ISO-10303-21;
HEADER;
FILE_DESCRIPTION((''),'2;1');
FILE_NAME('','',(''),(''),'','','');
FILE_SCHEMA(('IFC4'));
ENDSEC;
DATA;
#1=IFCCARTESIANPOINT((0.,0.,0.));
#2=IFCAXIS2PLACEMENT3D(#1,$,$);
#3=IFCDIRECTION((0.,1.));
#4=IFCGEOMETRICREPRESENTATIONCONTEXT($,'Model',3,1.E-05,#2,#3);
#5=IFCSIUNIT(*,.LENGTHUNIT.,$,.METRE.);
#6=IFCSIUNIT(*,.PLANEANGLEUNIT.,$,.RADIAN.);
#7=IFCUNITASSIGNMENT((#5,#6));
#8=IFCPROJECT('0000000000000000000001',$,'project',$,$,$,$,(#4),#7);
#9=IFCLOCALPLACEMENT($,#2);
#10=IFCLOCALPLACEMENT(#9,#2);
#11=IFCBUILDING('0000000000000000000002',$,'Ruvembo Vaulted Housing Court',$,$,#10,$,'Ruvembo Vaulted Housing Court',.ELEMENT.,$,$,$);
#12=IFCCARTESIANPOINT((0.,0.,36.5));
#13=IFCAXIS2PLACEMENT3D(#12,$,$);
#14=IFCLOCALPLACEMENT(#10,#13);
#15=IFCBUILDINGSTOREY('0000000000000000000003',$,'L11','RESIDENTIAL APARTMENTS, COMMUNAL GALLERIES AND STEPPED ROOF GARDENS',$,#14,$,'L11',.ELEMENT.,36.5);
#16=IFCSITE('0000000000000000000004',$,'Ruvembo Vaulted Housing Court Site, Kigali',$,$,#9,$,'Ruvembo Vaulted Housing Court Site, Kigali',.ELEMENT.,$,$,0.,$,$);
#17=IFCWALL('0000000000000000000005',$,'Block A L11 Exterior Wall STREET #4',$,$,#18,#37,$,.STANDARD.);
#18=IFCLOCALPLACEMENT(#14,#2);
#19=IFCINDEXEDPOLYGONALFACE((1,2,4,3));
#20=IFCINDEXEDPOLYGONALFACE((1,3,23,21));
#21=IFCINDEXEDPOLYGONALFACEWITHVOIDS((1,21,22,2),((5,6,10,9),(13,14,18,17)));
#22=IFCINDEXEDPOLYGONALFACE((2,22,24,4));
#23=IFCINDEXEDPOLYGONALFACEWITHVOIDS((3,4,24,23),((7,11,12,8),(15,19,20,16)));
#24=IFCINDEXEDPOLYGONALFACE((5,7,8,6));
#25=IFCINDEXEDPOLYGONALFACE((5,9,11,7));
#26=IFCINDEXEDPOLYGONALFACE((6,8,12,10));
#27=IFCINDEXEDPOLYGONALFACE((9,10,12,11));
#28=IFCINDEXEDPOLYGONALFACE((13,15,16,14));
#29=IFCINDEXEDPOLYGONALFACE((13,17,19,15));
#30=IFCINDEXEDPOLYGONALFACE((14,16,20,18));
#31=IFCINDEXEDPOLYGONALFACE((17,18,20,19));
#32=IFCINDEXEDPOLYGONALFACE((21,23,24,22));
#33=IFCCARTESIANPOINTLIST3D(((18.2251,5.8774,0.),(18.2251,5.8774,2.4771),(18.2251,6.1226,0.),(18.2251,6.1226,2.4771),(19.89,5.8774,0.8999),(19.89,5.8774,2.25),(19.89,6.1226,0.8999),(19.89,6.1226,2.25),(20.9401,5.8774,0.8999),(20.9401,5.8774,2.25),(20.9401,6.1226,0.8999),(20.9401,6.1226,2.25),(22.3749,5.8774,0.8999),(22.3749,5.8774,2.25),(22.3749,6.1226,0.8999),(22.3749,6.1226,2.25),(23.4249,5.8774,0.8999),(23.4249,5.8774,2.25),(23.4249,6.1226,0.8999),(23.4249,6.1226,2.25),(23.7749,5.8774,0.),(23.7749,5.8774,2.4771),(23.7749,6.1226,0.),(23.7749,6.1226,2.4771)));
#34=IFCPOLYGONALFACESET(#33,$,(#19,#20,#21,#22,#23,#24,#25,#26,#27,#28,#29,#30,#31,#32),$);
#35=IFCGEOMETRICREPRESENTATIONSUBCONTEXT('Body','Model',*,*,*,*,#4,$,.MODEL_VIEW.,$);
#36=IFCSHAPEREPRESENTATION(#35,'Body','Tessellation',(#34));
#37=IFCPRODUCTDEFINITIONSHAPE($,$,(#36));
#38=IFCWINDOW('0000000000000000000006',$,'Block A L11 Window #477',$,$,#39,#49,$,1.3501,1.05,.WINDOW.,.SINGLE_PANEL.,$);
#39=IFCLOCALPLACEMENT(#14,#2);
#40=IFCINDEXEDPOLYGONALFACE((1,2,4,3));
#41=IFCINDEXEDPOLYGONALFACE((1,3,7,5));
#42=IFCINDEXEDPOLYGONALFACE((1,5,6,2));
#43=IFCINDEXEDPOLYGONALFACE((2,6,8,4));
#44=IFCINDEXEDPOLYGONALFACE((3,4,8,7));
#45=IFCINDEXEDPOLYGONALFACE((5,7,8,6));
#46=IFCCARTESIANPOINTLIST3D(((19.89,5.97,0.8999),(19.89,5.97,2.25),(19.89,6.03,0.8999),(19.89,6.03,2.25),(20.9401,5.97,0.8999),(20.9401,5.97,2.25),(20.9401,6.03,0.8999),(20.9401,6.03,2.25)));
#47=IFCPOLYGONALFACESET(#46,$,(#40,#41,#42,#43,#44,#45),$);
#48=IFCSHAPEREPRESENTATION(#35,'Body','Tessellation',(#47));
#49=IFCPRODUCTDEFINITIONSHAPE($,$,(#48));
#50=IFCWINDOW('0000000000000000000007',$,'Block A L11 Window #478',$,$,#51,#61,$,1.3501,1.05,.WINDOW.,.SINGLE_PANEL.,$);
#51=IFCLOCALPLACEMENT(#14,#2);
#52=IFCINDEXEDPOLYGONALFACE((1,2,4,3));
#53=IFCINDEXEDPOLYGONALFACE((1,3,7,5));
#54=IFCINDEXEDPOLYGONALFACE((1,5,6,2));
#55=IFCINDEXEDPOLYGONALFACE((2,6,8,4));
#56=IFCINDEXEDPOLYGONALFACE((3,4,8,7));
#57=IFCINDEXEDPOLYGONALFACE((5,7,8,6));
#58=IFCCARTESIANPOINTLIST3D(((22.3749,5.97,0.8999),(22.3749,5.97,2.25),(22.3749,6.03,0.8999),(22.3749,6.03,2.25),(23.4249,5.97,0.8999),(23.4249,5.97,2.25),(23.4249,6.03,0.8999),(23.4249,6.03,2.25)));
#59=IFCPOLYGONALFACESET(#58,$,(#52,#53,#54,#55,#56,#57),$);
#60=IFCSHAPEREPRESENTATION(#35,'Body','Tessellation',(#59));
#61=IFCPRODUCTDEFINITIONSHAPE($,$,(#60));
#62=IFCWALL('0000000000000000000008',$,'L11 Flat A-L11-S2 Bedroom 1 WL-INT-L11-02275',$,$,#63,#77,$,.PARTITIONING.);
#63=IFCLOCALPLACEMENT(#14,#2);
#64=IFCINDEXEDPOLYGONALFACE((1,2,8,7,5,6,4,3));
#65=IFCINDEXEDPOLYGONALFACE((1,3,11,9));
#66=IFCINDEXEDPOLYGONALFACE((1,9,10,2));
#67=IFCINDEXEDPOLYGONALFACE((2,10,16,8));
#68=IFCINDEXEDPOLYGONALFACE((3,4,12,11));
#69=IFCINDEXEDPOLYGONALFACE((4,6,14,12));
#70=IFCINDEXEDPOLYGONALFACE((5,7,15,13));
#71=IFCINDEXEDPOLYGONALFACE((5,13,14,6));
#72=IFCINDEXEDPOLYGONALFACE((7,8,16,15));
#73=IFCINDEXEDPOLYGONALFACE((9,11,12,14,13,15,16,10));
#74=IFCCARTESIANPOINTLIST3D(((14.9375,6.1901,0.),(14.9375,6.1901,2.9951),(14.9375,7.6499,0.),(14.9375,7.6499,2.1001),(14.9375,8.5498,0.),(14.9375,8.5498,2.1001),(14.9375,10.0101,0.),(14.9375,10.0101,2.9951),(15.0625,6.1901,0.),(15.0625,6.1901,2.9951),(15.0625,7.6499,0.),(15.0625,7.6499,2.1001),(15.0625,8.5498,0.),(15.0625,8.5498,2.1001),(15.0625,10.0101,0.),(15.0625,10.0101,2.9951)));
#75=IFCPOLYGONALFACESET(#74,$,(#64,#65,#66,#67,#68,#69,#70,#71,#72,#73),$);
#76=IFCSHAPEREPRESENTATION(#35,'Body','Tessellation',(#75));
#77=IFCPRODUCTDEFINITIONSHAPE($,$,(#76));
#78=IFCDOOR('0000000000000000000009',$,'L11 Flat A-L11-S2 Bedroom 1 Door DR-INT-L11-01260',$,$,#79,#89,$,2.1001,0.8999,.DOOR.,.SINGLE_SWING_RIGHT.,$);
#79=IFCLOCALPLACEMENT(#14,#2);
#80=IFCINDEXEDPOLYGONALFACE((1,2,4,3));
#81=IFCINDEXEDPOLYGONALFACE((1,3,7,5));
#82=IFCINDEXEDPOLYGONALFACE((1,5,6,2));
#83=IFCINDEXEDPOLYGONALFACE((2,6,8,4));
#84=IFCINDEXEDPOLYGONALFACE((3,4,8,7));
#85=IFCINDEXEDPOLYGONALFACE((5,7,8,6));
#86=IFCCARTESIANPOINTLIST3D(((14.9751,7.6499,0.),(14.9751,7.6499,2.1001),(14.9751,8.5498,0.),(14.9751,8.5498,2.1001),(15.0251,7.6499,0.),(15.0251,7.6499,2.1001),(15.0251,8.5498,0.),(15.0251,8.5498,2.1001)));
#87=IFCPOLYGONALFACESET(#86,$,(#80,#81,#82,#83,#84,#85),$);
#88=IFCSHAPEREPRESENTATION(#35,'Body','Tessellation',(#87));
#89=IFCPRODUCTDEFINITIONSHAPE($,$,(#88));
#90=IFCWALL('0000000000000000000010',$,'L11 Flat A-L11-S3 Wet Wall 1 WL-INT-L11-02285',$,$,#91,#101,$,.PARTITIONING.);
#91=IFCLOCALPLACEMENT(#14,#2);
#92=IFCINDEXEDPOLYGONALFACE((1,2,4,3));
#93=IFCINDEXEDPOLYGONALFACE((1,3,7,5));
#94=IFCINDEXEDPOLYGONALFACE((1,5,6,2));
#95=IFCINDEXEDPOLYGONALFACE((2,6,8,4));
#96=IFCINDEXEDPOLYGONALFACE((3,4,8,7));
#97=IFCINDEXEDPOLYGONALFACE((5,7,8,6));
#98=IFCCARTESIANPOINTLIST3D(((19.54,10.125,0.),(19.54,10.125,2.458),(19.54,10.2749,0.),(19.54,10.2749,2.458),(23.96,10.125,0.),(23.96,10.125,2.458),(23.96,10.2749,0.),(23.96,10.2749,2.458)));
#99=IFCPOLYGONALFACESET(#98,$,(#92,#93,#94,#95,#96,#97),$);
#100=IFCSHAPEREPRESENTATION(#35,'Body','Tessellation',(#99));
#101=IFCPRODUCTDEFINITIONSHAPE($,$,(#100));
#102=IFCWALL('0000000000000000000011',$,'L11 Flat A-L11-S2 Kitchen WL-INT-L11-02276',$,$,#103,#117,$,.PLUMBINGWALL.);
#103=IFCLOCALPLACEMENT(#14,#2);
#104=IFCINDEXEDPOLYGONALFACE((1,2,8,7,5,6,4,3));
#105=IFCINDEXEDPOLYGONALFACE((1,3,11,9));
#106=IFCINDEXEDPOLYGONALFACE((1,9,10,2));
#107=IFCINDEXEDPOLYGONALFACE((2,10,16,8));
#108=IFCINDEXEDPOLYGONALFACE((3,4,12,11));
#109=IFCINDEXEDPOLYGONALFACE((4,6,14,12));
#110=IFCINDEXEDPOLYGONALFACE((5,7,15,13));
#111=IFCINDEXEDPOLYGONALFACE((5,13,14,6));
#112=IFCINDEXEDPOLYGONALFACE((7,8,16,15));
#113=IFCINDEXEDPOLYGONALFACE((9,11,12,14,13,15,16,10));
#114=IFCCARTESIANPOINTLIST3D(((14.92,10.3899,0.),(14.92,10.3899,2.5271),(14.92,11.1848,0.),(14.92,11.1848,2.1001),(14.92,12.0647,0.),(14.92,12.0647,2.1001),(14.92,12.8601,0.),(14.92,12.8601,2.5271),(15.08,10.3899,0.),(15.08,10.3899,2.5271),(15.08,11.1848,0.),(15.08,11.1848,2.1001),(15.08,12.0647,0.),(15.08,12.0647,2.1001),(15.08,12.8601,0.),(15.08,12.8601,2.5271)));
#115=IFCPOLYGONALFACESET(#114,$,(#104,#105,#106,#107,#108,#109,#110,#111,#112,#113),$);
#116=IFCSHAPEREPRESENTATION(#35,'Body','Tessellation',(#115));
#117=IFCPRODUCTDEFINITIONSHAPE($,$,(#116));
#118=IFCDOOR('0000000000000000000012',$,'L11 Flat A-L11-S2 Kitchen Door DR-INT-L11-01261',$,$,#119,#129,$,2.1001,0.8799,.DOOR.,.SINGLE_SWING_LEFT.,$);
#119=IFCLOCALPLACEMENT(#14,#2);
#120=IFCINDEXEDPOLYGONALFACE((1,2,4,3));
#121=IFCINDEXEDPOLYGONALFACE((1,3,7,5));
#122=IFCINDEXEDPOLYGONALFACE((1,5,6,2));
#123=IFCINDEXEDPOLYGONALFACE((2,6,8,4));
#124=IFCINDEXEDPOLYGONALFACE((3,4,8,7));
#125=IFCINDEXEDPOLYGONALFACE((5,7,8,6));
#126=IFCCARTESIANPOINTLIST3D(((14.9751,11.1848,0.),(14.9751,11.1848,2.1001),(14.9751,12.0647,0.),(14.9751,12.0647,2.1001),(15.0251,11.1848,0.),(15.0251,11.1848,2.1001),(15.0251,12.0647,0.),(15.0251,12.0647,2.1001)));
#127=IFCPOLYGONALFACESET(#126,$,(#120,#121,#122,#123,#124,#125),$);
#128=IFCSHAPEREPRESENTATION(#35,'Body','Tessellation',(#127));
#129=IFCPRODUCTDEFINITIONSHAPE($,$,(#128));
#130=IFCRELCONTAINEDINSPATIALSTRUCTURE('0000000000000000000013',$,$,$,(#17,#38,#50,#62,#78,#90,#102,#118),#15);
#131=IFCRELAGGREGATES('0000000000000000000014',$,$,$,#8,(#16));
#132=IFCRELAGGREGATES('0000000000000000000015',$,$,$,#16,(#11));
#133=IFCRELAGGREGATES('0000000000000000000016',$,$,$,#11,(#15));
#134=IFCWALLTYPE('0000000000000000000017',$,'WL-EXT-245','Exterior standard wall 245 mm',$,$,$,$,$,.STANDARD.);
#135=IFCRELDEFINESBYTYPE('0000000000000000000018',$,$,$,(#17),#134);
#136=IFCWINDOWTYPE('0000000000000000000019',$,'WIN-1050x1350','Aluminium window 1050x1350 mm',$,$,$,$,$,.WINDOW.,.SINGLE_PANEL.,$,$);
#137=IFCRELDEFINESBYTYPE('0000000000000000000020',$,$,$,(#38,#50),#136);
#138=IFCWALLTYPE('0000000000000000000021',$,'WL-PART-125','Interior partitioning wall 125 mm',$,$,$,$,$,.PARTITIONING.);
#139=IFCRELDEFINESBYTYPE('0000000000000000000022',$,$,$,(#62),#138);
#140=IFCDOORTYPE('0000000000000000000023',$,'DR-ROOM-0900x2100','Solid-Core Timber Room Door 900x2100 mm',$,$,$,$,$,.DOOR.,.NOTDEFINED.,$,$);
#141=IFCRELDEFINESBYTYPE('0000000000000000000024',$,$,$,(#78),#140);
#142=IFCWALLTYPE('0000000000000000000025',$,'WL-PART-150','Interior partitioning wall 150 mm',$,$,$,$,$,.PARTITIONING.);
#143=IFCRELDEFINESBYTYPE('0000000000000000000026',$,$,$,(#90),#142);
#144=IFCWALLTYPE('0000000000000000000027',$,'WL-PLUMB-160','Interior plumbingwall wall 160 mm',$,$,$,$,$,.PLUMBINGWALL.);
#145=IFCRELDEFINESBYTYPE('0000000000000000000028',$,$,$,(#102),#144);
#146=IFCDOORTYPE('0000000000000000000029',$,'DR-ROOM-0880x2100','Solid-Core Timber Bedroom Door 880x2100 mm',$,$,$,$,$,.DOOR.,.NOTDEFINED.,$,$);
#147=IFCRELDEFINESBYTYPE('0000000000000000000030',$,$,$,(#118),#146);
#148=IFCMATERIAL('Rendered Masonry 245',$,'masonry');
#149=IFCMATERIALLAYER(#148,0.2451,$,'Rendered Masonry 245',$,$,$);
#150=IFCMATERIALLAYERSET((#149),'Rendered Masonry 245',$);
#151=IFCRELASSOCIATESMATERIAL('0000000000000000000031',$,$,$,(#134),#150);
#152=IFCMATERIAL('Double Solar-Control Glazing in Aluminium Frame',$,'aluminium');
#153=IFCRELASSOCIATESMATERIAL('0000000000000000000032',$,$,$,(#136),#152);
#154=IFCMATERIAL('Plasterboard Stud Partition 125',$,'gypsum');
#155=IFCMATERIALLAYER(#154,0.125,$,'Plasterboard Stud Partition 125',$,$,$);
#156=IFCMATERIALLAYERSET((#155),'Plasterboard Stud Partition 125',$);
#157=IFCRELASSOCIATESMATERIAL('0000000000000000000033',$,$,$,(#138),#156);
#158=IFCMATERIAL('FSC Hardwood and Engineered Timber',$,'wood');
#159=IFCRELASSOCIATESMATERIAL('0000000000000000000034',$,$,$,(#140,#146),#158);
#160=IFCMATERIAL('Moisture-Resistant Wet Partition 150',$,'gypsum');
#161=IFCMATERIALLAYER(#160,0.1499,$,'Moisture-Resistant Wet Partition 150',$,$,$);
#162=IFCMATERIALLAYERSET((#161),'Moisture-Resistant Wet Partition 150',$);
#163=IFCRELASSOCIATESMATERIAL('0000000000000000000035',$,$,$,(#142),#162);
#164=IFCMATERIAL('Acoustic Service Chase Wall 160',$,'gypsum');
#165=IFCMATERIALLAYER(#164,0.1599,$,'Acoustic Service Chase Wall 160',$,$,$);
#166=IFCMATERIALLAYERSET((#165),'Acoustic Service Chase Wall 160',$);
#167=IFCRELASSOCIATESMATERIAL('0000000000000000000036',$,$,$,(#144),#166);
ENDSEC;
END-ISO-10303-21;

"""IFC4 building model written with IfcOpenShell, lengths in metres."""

from ifc_helpers import new_model, si_unit, direction, frame, frame_2d, origin, place, context, subcontext, project, spatial, rectangle, extrude, material, layer, layer_set, type_object, element, fill, save


model = new_model("IFC4")

# Units and contexts
model_context = context("Model", 3, precision=1e-05, world=origin(), true_north=direction((0.0, 1.0)))
body_context = subcontext(model_context, "Body", "Model", "MODEL_VIEW")
ifc_project = project(units=[si_unit("LENGTHUNIT", "METRE"), si_unit("PLANEANGLEUNIT", "RADIAN")], contexts=[model_context])

# Site, building, storey
site_placement = place(None, origin())
site = spatial("IfcSite", under=ifc_project, at=site_placement, Name="Ruvembo Vaulted Housing Court Site, Kigali", LongName="Ruvembo Vaulted Housing Court Site, Kigali", CompositionType="ELEMENT", RefElevation=0.0)
building_placement = place(site_placement, origin())
building = spatial("IfcBuilding", under=site, at=building_placement, Name="Ruvembo Vaulted Housing Court", LongName="Ruvembo Vaulted Housing Court", CompositionType="ELEMENT")
storey_placement = place(building_placement, frame((0.0, 0.0, 36.5)))
storey = spatial("IfcBuildingStorey", under=building, at=storey_placement, Name="L11", Description="RESIDENTIAL APARTMENTS, COMMUNAL GALLERIES AND STEPPED ROOF GARDENS", LongName="L11", CompositionType="ELEMENT", Elevation=36.5)

# Wall, openings, windows
ifc_material_1 = material(Name="Rendered Masonry 245", Category="masonry")
ifc_layer_1 = layer(ifc_material_1, 0.2451, Name="Rendered Masonry 245")
ifc_layer_set_1 = layer_set([ifc_layer_1], Name="Rendered Masonry 245")
wall_type_1 = type_object("IfcWallType", Name="WL-EXT-245", Description="Exterior standard wall 245 mm", PredefinedType="STANDARD", material=ifc_layer_set_1)
ifc_material_2 = material(Name="Double Solar-Control Glazing in Aluminium Frame", Category="aluminium")
wall_1_placement = place(storey_placement, frame((18.2251, 6.0, 0.0), z_axis=(0.0, 0.0, 1.0), x_axis=(1.0, 0.0, 0.0)))
wall_1 = element("IfcWall", 1, at=wall_1_placement, inside=storey, type_object=wall_type_1, Name="Block A L11 Exterior Wall STREET #4", PredefinedType="STANDARD", context=body_context, shape_type="SweptSolid", body=[
    extrude(rectangle(XDim=5.5498, YDim=0.2451, at=frame_2d((2.7749, 0.0))), origin(), (0.0, 0.0, 1.0), 2.4771),
])
opening_1_placement = place(wall_1_placement, frame((1.665, 0.0, 0.8999)))
opening_1 = element("IfcOpeningElement", 2, at=opening_1_placement, cuts=wall_1, PredefinedType="OPENING", context=body_context, shape_type="SweptSolid", body=[
    extrude(rectangle(XDim=1.05, YDim=1.3501, at=frame_2d((0.5249, 0.675))), frame((0.0, 0.1326, 0.0), z_axis=(0.0, -1.0, 0.0), x_axis=(1.0, 0.0, 0.0)), (0.0, 0.0, 1.0), 0.2651),
])
opening_2_placement = place(wall_1_placement, frame((4.1499, 0.0, 0.8999)))
opening_2 = element("IfcOpeningElement", 3, at=opening_2_placement, cuts=wall_1, PredefinedType="OPENING", context=body_context, shape_type="SweptSolid", body=[
    extrude(rectangle(XDim=1.05, YDim=1.3501, at=frame_2d((0.5249, 0.675))), frame((0.0, 0.1326, 0.0), z_axis=(0.0, -1.0, 0.0), x_axis=(1.0, 0.0, 0.0)), (0.0, 0.0, 1.0), 0.2651),
])
window_type_1 = type_object("IfcWindowType", Name="WIN-1050x1350", Description="Aluminium window 1050x1350 mm", PartitioningType="SINGLE_PANEL", PredefinedType="WINDOW", material=ifc_material_2)
window_1_placement = place(opening_1_placement, origin())
window_1 = element("IfcWindow", 4, at=window_1_placement, inside=storey, type_object=window_type_1, Name="Block A L11 Window #477", OverallHeight=1.3501, OverallWidth=1.05, PartitioningType="SINGLE_PANEL", PredefinedType="WINDOW", context=body_context, shape_type="SweptSolid", body=[
    extrude(rectangle(XDim=1.05, YDim=1.3501, at=frame_2d((0.5249, 0.675))), frame((0.0, 0.03, 0.0), z_axis=(0.0, -1.0, 0.0), x_axis=(1.0, 0.0, 0.0)), (0.0, 0.0, 1.0), 0.0601),
])
fill(opening_1, window_1)
window_2_placement = place(opening_2_placement, origin())
window_2 = element("IfcWindow", 5, at=window_2_placement, inside=storey, type_object=window_type_1, Name="Block A L11 Window #478", OverallHeight=1.3501, OverallWidth=1.05, PartitioningType="SINGLE_PANEL", PredefinedType="WINDOW", context=body_context, shape_type="SweptSolid", body=[
    extrude(rectangle(XDim=1.05, YDim=1.3501, at=frame_2d((0.5249, 0.675))), frame((0.0, 0.03, 0.0), z_axis=(0.0, -1.0, 0.0), x_axis=(1.0, 0.0, 0.0)), (0.0, 0.0, 1.0), 0.0601),
])
fill(opening_2, window_2)

# Wall, opening, door
ifc_material_3 = material(Name="Plasterboard Stud Partition 125", Category="gypsum")
ifc_layer_2 = layer(ifc_material_3, 0.125, Name="Plasterboard Stud Partition 125")
ifc_layer_set_2 = layer_set([ifc_layer_2], Name="Plasterboard Stud Partition 125")
wall_type_2 = type_object("IfcWallType", Name="WL-PART-125", Description="Interior partitioning wall 125 mm", PredefinedType="PARTITIONING", material=ifc_layer_set_2)
wall_2_placement = place(storey_placement, frame((15.0, 6.1899, 0.0), z_axis=(0.0, 0.0, 1.0), x_axis=(0.0, 1.0, 0.0)))
wall_2 = element("IfcWall", 6, at=wall_2_placement, inside=storey, type_object=wall_type_2, Name="L11 Flat A-L11-S2 Bedroom 1 WL-INT-L11-02275", PredefinedType="PARTITIONING", context=body_context, shape_type="SweptSolid", body=[
    extrude(rectangle(XDim=3.8201, YDim=0.125, at=frame_2d((1.9102, 0.0))), origin(), (0.0, 0.0, 1.0), 2.9951),
])
opening_3_placement = place(wall_2_placement, frame((1.46, 0.0, 0.0)))
opening_3 = element("IfcOpeningElement", 7, at=opening_3_placement, cuts=wall_2, PredefinedType="OPENING", context=body_context, shape_type="SweptSolid", body=[
    extrude(rectangle(XDim=0.8999, YDim=2.1001, at=frame_2d((0.45, 1.05))), frame((0.0, 0.0725, 0.0), z_axis=(0.0, -1.0, 0.0), x_axis=(1.0, 0.0, 0.0)), (0.0, 0.0, 1.0), 0.145),
])
ifc_material_4 = material(Name="FSC Hardwood and Engineered Timber", Category="wood")
door_type_1 = type_object("IfcDoorType", Name="DR-ROOM-0900x2100", Description="Solid-Core Timber Room Door 900x2100 mm", OperationType="NOTDEFINED", PredefinedType="DOOR", material=ifc_material_4)
door_1_placement = place(opening_3_placement, origin())
door_1 = element("IfcDoor", 8, at=door_1_placement, inside=storey, type_object=door_type_1, Name="L11 Flat A-L11-S2 Bedroom 1 Door DR-INT-L11-01260", OperationType="SINGLE_SWING_RIGHT", OverallHeight=2.1001, OverallWidth=0.8999, PredefinedType="DOOR", context=body_context, shape_type="SweptSolid", body=[
    extrude(rectangle(XDim=0.8999, YDim=2.1001, at=frame_2d((0.45, 1.05))), frame((0.0, 0.0249, 0.0), z_axis=(0.0, -1.0, 0.0), x_axis=(1.0, 0.0, 0.0)), (0.0, 0.0, 1.0), 0.05),
])
fill(opening_3, door_1)

# Wall
ifc_material_5 = material(Name="Moisture-Resistant Wet Partition 150", Category="gypsum")
ifc_layer_3 = layer(ifc_material_5, 0.1499, Name="Moisture-Resistant Wet Partition 150")
ifc_layer_set_3 = layer_set([ifc_layer_3], Name="Moisture-Resistant Wet Partition 150")
wall_type_3 = type_object("IfcWallType", Name="WL-PART-150", Description="Interior partitioning wall 150 mm", PredefinedType="PARTITIONING", material=ifc_layer_set_3)
wall_3_placement = place(storey_placement, frame((19.54, 10.2, 0.0), z_axis=(0.0, 0.0, 1.0), x_axis=(1.0, 0.0, 0.0)))
element("IfcWall", 9, at=wall_3_placement, inside=storey, type_object=wall_type_3, Name="L11 Flat A-L11-S3 Wet Wall 1 WL-INT-L11-02285", PredefinedType="PARTITIONING", context=body_context, shape_type="SweptSolid", body=[
    extrude(rectangle(XDim=4.4199, YDim=0.1499, at=frame_2d((2.21, 0.0))), origin(), (0.0, 0.0, 1.0), 2.458),
])

# Wall, opening, door
ifc_material_6 = material(Name="Acoustic Service Chase Wall 160", Category="gypsum")
ifc_layer_4 = layer(ifc_material_6, 0.1599, Name="Acoustic Service Chase Wall 160")
ifc_layer_set_4 = layer_set([ifc_layer_4], Name="Acoustic Service Chase Wall 160")
wall_type_4 = type_object("IfcWallType", Name="WL-PLUMB-160", Description="Interior plumbingwall wall 160 mm", PredefinedType="PLUMBINGWALL", material=ifc_layer_set_4)
wall_4_placement = place(storey_placement, frame((15.0, 10.3899, 0.0), z_axis=(0.0, 0.0, 1.0), x_axis=(0.0, 1.0, 0.0)))
wall_4 = element("IfcWall", 10, at=wall_4_placement, inside=storey, type_object=wall_type_4, Name="L11 Flat A-L11-S2 Kitchen WL-INT-L11-02276", PredefinedType="PLUMBINGWALL", context=body_context, shape_type="SweptSolid", body=[
    extrude(rectangle(XDim=2.4702, YDim=0.1599, at=frame_2d((1.2351, 0.0))), origin(), (0.0, 0.0, 1.0), 2.5271),
])
opening_4_placement = place(wall_4_placement, frame((0.7949, 0.0, 0.0)))
opening_4 = element("IfcOpeningElement", 11, at=opening_4_placement, cuts=wall_4, PredefinedType="OPENING", context=body_context, shape_type="SweptSolid", body=[
    extrude(rectangle(XDim=0.8799, YDim=2.1001, at=frame_2d((0.4399, 1.05))), frame((0.0, 0.0898, 0.0), z_axis=(0.0, -1.0, 0.0), x_axis=(1.0, 0.0, 0.0)), (0.0, 0.0, 1.0), 0.1799),
])
door_type_2 = type_object("IfcDoorType", Name="DR-ROOM-0880x2100", Description="Solid-Core Timber Bedroom Door 880x2100 mm", OperationType="NOTDEFINED", PredefinedType="DOOR", material=ifc_material_4)
door_2_placement = place(opening_4_placement, origin())
door_2 = element("IfcDoor", 12, at=door_2_placement, inside=storey, type_object=door_type_2, Name="L11 Flat A-L11-S2 Kitchen Door DR-INT-L11-01261", OperationType="SINGLE_SWING_LEFT", OverallHeight=2.1001, OverallWidth=0.8799, PredefinedType="DOOR", context=body_context, shape_type="SweptSolid", body=[
    extrude(rectangle(XDim=0.8799, YDim=2.1001, at=frame_2d((0.4399, 1.05))), frame((0.0, 0.0249, 0.0), z_axis=(0.0, -1.0, 0.0), x_axis=(1.0, 0.0, 0.0)), (0.0, 0.0, 1.0), 0.05),
])
fill(opening_4, door_2)

save(model, "model.ifc")
